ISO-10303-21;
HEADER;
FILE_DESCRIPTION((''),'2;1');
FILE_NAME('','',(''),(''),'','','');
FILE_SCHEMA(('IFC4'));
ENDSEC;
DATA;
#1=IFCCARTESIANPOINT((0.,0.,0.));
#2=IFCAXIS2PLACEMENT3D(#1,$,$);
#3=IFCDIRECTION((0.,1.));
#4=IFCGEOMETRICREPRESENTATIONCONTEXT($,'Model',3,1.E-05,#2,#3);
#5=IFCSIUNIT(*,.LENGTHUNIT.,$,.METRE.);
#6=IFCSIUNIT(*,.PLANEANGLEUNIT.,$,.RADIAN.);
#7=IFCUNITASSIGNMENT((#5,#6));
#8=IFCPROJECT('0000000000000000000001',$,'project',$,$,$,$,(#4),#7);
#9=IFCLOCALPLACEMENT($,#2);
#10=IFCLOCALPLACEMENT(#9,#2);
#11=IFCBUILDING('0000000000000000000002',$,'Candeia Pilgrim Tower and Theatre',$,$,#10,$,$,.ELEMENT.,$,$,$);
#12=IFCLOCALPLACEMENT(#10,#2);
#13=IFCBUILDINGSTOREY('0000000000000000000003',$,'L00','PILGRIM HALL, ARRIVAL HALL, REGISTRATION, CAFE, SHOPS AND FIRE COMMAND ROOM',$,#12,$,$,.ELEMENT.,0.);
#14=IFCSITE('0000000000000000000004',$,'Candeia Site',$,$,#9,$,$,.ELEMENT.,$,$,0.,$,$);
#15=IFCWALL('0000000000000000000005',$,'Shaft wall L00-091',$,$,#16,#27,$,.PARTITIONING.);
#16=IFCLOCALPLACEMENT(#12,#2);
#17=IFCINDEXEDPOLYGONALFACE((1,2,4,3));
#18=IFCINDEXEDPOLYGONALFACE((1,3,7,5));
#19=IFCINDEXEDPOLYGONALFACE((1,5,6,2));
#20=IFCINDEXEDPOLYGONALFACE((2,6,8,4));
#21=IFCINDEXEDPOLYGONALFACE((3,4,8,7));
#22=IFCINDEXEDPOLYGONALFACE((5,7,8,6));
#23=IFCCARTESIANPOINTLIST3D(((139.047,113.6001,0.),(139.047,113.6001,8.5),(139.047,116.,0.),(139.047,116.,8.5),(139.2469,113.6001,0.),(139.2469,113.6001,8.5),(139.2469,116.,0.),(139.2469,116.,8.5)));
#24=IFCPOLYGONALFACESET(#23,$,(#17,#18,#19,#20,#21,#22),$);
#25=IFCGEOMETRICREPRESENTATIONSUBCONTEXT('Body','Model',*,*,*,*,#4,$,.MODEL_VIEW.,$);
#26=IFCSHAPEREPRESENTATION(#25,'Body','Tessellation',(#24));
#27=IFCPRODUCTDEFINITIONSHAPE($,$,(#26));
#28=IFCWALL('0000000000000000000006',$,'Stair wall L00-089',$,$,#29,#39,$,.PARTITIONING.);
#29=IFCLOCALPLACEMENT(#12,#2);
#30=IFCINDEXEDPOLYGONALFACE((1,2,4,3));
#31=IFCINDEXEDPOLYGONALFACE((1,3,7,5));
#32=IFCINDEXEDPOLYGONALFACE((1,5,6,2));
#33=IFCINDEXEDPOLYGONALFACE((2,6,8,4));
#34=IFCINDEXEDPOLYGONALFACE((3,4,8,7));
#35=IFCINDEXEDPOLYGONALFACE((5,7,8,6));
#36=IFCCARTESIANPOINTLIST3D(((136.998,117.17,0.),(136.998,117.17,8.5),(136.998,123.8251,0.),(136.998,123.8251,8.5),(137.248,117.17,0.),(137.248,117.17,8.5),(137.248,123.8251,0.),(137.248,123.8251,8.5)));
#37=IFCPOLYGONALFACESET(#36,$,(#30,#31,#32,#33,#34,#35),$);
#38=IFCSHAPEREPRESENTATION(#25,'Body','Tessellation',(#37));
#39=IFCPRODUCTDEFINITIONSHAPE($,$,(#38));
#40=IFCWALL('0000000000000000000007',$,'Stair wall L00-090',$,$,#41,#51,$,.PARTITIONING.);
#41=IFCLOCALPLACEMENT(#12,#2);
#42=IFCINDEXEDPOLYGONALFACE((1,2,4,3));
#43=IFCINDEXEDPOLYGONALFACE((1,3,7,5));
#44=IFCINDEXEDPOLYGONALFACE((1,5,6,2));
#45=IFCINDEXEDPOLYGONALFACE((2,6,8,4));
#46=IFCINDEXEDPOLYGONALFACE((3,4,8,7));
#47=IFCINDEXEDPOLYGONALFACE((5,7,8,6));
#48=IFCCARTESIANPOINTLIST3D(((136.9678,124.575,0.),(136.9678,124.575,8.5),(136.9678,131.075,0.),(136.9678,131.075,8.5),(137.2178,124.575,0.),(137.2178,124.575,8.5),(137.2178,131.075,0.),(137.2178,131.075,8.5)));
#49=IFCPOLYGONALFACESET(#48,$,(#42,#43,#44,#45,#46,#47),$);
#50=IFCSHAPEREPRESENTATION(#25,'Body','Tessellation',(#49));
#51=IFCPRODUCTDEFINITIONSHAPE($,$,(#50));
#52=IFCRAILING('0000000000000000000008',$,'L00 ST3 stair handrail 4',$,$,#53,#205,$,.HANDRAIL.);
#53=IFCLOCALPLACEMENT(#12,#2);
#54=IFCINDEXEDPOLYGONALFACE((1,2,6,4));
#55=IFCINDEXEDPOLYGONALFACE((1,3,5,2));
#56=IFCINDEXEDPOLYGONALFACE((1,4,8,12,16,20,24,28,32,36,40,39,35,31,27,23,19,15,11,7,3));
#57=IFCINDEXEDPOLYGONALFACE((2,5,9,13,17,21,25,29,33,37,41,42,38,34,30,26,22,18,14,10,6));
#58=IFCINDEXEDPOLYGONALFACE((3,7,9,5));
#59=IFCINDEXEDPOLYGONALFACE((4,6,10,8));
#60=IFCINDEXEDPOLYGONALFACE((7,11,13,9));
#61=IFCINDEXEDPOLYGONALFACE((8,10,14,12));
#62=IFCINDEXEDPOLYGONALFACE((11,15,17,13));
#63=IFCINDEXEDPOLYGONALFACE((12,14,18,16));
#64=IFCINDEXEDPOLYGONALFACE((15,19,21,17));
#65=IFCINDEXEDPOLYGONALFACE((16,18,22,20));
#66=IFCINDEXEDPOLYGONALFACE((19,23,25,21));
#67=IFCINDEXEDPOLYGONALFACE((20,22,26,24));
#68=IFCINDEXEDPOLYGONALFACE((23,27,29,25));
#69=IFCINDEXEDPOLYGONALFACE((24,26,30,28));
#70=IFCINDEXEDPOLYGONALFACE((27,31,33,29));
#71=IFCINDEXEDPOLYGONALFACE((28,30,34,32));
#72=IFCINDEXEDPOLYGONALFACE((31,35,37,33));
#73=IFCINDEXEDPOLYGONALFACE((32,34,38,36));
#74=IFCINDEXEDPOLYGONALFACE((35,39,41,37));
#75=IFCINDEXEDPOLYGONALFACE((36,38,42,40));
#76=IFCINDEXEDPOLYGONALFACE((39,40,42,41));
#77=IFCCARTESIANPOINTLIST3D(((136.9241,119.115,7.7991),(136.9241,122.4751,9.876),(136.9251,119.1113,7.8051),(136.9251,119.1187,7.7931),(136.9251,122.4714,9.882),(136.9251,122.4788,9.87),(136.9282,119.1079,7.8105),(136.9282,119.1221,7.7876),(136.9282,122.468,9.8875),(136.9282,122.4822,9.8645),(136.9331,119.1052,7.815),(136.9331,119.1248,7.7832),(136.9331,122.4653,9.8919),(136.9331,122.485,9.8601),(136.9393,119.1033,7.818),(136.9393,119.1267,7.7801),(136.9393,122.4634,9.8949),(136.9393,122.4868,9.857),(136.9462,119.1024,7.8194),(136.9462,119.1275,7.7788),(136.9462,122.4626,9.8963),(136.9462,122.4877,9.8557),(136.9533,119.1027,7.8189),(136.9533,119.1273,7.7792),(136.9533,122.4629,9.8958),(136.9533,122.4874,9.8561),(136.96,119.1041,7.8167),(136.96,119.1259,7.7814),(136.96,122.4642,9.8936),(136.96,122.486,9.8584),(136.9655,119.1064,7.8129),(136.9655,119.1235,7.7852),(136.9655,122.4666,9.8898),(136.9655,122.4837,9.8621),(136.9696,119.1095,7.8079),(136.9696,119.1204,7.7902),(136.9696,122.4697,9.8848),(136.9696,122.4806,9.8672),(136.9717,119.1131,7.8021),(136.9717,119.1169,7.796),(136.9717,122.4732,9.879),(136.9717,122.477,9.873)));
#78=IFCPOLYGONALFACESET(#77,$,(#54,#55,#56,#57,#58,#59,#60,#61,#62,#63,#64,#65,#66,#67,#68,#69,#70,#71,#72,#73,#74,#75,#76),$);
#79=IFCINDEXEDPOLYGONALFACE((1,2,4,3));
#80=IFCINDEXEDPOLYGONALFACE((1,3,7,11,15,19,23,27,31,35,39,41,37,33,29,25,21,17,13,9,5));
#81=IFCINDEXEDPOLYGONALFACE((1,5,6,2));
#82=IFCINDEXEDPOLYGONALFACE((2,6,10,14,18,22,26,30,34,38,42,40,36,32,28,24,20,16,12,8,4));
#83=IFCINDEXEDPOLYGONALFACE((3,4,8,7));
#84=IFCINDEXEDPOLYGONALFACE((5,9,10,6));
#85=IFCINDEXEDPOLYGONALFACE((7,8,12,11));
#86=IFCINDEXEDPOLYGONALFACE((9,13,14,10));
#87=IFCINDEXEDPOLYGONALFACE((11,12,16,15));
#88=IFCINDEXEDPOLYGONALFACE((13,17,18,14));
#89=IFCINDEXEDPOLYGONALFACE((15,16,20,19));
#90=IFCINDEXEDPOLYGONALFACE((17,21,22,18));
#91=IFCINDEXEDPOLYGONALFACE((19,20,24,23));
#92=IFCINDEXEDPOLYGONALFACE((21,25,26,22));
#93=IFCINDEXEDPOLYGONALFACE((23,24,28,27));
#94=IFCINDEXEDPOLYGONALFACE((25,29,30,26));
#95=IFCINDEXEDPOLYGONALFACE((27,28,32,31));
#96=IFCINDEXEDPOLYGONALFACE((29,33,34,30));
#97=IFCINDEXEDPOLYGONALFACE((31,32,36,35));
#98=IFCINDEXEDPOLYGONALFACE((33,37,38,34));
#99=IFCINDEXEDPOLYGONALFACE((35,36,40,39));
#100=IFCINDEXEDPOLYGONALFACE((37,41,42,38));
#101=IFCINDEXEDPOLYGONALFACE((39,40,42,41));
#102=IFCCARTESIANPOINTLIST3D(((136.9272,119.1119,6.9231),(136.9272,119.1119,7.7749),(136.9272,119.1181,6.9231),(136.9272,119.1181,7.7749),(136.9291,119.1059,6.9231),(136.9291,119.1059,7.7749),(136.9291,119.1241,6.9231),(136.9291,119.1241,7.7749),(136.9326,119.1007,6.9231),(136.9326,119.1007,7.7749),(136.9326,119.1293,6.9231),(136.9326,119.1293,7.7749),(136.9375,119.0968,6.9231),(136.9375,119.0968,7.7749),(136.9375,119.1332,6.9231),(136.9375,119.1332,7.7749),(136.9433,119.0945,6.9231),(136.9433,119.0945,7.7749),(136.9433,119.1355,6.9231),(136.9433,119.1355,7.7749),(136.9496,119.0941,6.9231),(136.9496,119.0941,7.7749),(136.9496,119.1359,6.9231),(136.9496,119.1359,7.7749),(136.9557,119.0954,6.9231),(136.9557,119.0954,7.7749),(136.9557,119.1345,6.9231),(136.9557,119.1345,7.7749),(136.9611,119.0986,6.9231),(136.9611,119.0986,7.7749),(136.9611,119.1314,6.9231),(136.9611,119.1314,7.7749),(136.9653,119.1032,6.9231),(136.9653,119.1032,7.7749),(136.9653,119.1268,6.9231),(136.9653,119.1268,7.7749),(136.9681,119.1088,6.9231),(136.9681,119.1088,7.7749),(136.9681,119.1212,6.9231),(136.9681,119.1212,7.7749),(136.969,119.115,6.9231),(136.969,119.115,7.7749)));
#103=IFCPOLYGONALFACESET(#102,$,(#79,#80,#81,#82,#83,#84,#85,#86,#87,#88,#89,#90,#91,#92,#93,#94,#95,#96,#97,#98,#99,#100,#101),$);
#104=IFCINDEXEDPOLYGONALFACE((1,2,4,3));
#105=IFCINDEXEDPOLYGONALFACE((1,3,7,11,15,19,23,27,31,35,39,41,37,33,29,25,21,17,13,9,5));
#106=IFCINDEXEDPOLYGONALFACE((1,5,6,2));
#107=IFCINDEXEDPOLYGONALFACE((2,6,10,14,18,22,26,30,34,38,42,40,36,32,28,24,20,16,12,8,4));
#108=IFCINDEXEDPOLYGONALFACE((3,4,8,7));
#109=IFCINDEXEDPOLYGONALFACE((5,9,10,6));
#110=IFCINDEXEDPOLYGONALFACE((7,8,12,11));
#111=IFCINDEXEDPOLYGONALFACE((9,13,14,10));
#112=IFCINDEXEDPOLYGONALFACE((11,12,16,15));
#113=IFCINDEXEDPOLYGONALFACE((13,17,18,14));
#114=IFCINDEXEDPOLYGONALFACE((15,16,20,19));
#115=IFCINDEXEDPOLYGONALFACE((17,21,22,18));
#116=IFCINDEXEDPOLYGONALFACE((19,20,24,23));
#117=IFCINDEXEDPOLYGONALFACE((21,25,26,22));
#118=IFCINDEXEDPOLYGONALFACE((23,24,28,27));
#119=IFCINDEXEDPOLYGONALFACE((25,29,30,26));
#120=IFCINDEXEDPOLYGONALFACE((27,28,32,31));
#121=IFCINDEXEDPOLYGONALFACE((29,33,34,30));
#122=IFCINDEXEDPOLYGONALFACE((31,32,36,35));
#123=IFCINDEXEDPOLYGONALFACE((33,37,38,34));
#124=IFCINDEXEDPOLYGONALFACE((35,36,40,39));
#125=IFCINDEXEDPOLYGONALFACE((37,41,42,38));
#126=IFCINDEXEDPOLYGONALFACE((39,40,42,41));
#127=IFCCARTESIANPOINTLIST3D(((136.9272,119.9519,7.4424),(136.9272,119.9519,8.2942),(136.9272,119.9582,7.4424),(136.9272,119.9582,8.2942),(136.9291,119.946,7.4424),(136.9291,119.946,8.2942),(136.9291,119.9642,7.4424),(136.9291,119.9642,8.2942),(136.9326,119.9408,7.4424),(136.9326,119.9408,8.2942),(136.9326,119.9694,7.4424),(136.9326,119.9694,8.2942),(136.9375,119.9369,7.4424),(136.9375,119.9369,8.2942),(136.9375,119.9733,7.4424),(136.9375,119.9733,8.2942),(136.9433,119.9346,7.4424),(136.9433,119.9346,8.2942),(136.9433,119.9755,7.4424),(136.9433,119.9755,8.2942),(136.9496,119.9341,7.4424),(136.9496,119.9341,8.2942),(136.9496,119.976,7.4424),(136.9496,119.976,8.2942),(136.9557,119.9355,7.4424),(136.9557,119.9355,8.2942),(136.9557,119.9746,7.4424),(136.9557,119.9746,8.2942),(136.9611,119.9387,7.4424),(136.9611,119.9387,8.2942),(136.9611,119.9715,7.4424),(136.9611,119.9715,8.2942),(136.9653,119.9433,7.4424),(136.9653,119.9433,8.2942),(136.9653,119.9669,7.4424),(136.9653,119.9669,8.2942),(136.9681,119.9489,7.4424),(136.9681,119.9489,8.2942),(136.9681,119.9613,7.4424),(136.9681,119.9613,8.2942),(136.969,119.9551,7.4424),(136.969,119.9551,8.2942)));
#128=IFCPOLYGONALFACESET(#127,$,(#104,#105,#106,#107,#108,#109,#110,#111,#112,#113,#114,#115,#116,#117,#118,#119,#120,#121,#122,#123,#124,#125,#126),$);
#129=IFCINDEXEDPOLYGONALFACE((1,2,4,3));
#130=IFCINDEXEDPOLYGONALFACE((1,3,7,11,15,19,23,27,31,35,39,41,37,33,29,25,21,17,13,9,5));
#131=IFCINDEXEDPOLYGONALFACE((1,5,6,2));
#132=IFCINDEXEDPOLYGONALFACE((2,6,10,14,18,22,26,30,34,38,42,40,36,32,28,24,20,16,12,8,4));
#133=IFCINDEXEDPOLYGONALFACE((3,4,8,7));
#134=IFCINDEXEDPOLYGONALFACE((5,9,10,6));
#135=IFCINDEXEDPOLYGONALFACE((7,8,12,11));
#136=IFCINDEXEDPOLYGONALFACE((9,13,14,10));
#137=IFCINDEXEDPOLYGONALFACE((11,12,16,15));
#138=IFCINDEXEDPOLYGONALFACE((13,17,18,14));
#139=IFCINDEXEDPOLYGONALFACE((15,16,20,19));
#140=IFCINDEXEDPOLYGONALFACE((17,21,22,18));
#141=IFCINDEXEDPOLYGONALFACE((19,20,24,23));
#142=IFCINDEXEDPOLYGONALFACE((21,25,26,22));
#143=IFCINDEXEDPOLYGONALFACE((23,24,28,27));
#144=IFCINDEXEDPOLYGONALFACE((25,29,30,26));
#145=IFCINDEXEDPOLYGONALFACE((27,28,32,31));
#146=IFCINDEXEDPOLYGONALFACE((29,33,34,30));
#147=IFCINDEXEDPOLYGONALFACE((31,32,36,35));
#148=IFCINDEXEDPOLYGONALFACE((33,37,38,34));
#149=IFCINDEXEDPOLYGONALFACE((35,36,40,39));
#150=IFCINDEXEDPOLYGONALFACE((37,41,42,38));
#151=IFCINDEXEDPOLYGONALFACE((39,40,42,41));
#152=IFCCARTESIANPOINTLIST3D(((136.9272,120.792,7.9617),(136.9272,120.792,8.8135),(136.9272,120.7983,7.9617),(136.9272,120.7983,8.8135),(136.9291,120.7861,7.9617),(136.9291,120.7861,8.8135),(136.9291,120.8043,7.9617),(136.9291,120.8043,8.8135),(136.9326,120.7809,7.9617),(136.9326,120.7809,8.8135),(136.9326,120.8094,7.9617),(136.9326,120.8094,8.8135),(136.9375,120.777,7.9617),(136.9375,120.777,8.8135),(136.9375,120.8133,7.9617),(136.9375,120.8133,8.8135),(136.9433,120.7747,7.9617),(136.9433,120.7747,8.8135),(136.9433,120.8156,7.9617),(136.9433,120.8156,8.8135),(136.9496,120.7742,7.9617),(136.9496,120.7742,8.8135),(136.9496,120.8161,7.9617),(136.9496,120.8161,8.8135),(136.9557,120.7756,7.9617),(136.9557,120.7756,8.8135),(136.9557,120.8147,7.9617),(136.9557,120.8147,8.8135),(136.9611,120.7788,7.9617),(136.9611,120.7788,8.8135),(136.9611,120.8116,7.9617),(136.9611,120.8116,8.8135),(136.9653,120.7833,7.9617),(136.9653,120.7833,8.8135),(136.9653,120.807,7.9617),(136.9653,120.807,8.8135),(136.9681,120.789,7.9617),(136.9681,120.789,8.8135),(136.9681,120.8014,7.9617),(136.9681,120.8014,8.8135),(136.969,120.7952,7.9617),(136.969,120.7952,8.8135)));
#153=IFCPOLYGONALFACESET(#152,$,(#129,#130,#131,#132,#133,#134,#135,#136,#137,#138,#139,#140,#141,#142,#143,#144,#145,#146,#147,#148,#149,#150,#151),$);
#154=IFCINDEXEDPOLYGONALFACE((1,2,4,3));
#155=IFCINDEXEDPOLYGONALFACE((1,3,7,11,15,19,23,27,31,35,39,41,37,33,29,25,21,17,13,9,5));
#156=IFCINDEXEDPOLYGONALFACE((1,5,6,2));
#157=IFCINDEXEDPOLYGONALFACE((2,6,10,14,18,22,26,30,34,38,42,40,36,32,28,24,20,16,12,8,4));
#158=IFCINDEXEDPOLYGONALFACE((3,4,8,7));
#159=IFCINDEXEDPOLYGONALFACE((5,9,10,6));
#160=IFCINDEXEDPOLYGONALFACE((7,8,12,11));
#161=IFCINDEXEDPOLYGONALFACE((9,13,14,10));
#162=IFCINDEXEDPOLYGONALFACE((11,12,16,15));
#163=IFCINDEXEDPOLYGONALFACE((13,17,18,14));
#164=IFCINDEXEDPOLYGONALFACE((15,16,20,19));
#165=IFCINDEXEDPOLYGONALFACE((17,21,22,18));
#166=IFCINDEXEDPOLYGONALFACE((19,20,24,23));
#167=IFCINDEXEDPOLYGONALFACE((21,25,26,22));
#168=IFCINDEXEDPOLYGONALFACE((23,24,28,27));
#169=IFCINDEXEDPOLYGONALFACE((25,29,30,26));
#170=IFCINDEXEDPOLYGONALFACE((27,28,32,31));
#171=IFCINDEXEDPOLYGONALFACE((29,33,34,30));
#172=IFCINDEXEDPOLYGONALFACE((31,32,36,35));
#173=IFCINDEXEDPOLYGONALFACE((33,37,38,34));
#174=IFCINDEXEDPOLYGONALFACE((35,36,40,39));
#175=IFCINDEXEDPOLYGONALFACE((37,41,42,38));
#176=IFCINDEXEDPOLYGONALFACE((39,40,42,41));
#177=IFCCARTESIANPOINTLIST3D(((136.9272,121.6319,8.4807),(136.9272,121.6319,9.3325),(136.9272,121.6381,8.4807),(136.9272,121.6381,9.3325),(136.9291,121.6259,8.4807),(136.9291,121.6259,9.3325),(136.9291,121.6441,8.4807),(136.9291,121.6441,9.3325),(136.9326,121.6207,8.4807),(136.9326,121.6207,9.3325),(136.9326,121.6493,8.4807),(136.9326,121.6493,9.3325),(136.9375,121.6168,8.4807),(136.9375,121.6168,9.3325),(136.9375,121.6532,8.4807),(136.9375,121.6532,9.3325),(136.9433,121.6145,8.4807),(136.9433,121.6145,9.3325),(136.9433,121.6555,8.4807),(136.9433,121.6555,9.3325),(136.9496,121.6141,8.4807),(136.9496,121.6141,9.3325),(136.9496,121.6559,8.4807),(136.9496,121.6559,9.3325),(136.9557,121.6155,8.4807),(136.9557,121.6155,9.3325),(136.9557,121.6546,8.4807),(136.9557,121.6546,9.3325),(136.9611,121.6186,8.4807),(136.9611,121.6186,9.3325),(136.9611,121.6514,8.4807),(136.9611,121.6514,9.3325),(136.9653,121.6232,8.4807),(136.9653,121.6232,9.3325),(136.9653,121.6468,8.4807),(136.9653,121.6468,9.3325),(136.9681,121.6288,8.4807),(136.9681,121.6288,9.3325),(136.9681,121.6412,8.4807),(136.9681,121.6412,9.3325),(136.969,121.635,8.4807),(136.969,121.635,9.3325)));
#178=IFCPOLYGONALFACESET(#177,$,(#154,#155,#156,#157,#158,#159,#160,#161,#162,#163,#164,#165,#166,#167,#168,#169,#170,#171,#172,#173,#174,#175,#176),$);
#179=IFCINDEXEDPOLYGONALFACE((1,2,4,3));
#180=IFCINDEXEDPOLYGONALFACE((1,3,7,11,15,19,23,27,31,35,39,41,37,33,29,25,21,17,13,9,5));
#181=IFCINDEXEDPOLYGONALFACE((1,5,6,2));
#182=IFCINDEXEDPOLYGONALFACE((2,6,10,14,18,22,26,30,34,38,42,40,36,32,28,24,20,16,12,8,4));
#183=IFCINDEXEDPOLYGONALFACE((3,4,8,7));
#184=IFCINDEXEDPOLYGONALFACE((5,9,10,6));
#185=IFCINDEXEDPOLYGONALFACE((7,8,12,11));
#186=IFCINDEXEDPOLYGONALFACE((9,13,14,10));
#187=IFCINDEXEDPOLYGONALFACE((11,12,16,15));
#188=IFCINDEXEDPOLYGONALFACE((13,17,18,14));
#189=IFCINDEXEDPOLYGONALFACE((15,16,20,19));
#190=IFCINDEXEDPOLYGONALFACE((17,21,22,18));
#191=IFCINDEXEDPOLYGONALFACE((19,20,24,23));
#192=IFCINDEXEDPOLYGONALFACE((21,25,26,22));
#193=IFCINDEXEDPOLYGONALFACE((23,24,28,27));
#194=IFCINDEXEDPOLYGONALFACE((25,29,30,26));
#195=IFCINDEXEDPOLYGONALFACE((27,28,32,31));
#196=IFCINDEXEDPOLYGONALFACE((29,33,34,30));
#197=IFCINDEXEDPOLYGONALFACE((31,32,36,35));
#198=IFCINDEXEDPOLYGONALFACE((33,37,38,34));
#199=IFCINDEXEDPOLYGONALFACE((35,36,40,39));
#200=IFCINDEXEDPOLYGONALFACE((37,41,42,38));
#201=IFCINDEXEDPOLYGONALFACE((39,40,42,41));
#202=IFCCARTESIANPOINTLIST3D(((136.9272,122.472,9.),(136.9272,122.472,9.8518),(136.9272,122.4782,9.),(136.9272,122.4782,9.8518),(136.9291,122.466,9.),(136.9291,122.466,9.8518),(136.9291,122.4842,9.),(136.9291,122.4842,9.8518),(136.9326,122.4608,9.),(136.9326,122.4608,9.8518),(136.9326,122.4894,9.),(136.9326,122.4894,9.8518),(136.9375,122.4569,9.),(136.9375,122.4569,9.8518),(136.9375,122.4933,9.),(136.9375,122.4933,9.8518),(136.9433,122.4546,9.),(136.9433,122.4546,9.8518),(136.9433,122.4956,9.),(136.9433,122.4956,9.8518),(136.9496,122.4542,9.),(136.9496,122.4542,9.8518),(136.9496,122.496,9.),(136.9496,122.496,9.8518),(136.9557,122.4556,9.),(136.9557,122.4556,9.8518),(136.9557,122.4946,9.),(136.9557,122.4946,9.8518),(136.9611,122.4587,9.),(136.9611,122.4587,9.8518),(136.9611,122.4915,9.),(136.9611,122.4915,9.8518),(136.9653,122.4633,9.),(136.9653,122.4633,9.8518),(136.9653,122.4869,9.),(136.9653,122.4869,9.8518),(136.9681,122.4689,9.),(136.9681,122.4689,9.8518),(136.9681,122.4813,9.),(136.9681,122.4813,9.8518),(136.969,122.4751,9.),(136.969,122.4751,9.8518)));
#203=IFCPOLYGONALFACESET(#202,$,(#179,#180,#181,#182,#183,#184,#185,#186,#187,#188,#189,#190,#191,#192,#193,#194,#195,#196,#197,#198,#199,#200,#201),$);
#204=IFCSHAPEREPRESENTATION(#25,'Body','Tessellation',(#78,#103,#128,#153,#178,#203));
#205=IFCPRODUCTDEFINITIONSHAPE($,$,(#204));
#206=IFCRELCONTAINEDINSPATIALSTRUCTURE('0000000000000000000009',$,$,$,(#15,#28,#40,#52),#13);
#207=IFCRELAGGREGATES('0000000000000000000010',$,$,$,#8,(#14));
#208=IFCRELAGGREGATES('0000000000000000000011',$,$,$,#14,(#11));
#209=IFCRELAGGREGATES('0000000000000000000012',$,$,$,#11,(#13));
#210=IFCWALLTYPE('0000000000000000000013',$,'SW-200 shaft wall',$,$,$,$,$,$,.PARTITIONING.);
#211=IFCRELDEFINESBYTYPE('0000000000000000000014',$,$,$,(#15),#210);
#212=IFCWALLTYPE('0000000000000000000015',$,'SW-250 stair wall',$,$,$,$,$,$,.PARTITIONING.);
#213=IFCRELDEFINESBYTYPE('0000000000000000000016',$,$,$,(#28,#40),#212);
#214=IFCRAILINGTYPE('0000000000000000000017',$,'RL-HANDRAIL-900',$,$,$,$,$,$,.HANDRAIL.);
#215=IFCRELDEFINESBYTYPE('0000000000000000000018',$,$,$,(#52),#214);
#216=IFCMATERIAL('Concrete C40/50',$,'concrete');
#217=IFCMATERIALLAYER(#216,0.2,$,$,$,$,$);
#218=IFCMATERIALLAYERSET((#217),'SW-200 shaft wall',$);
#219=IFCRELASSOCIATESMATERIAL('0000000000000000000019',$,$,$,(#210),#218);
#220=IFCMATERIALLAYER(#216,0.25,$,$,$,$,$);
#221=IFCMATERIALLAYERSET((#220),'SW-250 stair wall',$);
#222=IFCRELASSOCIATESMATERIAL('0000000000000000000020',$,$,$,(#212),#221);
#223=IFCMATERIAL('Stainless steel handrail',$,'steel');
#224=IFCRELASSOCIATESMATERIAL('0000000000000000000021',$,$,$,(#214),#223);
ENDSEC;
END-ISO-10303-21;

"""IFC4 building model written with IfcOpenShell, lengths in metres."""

from ifc_helpers import new_model, si_unit, direction, frame, frame_2d, origin, origin_2d, place, context, subcontext, project, spatial, rectangle, circle, extrude, material, layer, layer_set, type_object, element, save


model = new_model("IFC4")

# Units and contexts
model_context = context("Model", 3, precision=1e-05, world=origin(), true_north=direction((0.0, 1.0)))
body_context = subcontext(model_context, "Body", "Model", "MODEL_VIEW")
ifc_project = project(units=[si_unit("LENGTHUNIT", "METRE"), si_unit("PLANEANGLEUNIT", "RADIAN")], contexts=[model_context])

# Site, building, storey
site_placement = place(None, origin())
site = spatial("IfcSite", under=ifc_project, at=site_placement, Name="Candeia Site", CompositionType="ELEMENT", RefElevation=0.0)
building_placement = place(site_placement, origin())
building = spatial("IfcBuilding", under=site, at=building_placement, Name="Candeia Pilgrim Tower and Theatre", CompositionType="ELEMENT")
storey_placement = place(building_placement, origin())
storey = spatial("IfcBuildingStorey", under=building, at=storey_placement, Name="L00", Description="PILGRIM HALL, ARRIVAL HALL, REGISTRATION, CAFE, SHOPS AND FIRE COMMAND ROOM", CompositionType="ELEMENT", Elevation=0.0)

# Shared definitions
ifc_material_1 = material(Name="Concrete C40/50", Category="concrete")

# Walls
ifc_layer_1 = layer(ifc_material_1, 0.2)
ifc_layer_set_1 = layer_set([ifc_layer_1], Name="SW-200 shaft wall")
wall_type_1 = type_object("IfcWallType", Name="SW-200 shaft wall", PredefinedType="PARTITIONING", material=ifc_layer_set_1)
wall_1_placement = place(storey_placement, frame((139.147, 113.6001, 0.0), z_axis=(0.0, 0.0, 1.0), x_axis=(0.0, 1.0, 0.0)))
element("IfcWall", 1, at=wall_1_placement, inside=storey, type_object=wall_type_1, Name="Shaft wall L00-091", PredefinedType="PARTITIONING", context=body_context, shape_type="SweptSolid", body=[
    extrude(rectangle(XDim=2.3999, YDim=0.2, at=frame_2d((1.2, 0.0))), origin(), (0.0, 0.0, 1.0), 8.5),
])
ifc_layer_2 = layer(ifc_material_1, 0.25)
ifc_layer_set_2 = layer_set([ifc_layer_2], Name="SW-250 stair wall")
wall_type_2 = type_object("IfcWallType", Name="SW-250 stair wall", PredefinedType="PARTITIONING", material=ifc_layer_set_2)
wall_2_placement = place(storey_placement, frame((137.123, 117.1699, 0.0), z_axis=(0.0, 0.0, 1.0), x_axis=(0.0, 1.0, 0.0)))
element("IfcWall", 2, at=wall_2_placement, inside=storey, type_object=wall_type_2, Name="Stair wall L00-089", PredefinedType="PARTITIONING", context=body_context, shape_type="SweptSolid", body=[
    extrude(rectangle(XDim=6.655, YDim=0.25, at=frame_2d((3.3276, 0.0))), origin(), (0.0, 0.0, 1.0), 8.5),
])
wall_3_placement = place(storey_placement, frame((137.0928, 124.575, 0.0), z_axis=(0.0, 0.0, 1.0), x_axis=(0.0, 1.0, 0.0)))
element("IfcWall", 3, at=wall_3_placement, inside=storey, type_object=wall_type_2, Name="Stair wall L00-090", PredefinedType="PARTITIONING", context=body_context, shape_type="SweptSolid", body=[
    extrude(rectangle(XDim=6.5, YDim=0.25, at=frame_2d((3.25, 0.0))), origin(), (0.0, 0.0, 1.0), 8.5),
])

# Railing
ifc_material_2 = material(Name="Stainless steel handrail", Category="steel")
railing_type = type_object("IfcRailingType", Name="RL-HANDRAIL-900", PredefinedType="HANDRAIL", material=ifc_material_2)
for number, where, name in (
    (4, (136.948, 119.115, 6.9231), "L00 ST3 stair handrail 4"),
):
    element("IfcRailing", number, at=place(storey_placement, frame(where)), inside=storey, type_object=railing_type, Name=name, PredefinedType="HANDRAIL", context=body_context, shape_type="SweptSolid", body=[
        extrude(circle(Radius=0.0239, at=origin_2d()), frame((0.0, 0.0, 0.876), z_axis=(0.0, 0.850623, 0.525776), x_axis=(-1.0, 0.0, 0.0)), (0.0, 0.0, 1.0), 3.9502),
        extrude(circle(Radius=0.021, at=origin_2d()), origin(), (0.0, 0.0, 1.0), 0.8518),
        extrude(circle(Radius=0.021, at=origin_2d()), frame((0.0, 0.8401, 0.5193)), (0.0, 0.0, 1.0), 0.8518),
        extrude(circle(Radius=0.021, at=origin_2d()), frame((0.0, 1.6802, 1.0386)), (0.0, 0.0, 1.0), 0.8518),
        extrude(circle(Radius=0.021, at=origin_2d()), frame((0.0, 2.52, 1.5576)), (0.0, 0.0, 1.0), 0.8518),
        extrude(circle(Radius=0.021, at=origin_2d()), frame((0.0, 3.3601, 2.0769)), (0.0, 0.0, 1.0), 0.8518),
    ])

save(model, "model.ifc")
